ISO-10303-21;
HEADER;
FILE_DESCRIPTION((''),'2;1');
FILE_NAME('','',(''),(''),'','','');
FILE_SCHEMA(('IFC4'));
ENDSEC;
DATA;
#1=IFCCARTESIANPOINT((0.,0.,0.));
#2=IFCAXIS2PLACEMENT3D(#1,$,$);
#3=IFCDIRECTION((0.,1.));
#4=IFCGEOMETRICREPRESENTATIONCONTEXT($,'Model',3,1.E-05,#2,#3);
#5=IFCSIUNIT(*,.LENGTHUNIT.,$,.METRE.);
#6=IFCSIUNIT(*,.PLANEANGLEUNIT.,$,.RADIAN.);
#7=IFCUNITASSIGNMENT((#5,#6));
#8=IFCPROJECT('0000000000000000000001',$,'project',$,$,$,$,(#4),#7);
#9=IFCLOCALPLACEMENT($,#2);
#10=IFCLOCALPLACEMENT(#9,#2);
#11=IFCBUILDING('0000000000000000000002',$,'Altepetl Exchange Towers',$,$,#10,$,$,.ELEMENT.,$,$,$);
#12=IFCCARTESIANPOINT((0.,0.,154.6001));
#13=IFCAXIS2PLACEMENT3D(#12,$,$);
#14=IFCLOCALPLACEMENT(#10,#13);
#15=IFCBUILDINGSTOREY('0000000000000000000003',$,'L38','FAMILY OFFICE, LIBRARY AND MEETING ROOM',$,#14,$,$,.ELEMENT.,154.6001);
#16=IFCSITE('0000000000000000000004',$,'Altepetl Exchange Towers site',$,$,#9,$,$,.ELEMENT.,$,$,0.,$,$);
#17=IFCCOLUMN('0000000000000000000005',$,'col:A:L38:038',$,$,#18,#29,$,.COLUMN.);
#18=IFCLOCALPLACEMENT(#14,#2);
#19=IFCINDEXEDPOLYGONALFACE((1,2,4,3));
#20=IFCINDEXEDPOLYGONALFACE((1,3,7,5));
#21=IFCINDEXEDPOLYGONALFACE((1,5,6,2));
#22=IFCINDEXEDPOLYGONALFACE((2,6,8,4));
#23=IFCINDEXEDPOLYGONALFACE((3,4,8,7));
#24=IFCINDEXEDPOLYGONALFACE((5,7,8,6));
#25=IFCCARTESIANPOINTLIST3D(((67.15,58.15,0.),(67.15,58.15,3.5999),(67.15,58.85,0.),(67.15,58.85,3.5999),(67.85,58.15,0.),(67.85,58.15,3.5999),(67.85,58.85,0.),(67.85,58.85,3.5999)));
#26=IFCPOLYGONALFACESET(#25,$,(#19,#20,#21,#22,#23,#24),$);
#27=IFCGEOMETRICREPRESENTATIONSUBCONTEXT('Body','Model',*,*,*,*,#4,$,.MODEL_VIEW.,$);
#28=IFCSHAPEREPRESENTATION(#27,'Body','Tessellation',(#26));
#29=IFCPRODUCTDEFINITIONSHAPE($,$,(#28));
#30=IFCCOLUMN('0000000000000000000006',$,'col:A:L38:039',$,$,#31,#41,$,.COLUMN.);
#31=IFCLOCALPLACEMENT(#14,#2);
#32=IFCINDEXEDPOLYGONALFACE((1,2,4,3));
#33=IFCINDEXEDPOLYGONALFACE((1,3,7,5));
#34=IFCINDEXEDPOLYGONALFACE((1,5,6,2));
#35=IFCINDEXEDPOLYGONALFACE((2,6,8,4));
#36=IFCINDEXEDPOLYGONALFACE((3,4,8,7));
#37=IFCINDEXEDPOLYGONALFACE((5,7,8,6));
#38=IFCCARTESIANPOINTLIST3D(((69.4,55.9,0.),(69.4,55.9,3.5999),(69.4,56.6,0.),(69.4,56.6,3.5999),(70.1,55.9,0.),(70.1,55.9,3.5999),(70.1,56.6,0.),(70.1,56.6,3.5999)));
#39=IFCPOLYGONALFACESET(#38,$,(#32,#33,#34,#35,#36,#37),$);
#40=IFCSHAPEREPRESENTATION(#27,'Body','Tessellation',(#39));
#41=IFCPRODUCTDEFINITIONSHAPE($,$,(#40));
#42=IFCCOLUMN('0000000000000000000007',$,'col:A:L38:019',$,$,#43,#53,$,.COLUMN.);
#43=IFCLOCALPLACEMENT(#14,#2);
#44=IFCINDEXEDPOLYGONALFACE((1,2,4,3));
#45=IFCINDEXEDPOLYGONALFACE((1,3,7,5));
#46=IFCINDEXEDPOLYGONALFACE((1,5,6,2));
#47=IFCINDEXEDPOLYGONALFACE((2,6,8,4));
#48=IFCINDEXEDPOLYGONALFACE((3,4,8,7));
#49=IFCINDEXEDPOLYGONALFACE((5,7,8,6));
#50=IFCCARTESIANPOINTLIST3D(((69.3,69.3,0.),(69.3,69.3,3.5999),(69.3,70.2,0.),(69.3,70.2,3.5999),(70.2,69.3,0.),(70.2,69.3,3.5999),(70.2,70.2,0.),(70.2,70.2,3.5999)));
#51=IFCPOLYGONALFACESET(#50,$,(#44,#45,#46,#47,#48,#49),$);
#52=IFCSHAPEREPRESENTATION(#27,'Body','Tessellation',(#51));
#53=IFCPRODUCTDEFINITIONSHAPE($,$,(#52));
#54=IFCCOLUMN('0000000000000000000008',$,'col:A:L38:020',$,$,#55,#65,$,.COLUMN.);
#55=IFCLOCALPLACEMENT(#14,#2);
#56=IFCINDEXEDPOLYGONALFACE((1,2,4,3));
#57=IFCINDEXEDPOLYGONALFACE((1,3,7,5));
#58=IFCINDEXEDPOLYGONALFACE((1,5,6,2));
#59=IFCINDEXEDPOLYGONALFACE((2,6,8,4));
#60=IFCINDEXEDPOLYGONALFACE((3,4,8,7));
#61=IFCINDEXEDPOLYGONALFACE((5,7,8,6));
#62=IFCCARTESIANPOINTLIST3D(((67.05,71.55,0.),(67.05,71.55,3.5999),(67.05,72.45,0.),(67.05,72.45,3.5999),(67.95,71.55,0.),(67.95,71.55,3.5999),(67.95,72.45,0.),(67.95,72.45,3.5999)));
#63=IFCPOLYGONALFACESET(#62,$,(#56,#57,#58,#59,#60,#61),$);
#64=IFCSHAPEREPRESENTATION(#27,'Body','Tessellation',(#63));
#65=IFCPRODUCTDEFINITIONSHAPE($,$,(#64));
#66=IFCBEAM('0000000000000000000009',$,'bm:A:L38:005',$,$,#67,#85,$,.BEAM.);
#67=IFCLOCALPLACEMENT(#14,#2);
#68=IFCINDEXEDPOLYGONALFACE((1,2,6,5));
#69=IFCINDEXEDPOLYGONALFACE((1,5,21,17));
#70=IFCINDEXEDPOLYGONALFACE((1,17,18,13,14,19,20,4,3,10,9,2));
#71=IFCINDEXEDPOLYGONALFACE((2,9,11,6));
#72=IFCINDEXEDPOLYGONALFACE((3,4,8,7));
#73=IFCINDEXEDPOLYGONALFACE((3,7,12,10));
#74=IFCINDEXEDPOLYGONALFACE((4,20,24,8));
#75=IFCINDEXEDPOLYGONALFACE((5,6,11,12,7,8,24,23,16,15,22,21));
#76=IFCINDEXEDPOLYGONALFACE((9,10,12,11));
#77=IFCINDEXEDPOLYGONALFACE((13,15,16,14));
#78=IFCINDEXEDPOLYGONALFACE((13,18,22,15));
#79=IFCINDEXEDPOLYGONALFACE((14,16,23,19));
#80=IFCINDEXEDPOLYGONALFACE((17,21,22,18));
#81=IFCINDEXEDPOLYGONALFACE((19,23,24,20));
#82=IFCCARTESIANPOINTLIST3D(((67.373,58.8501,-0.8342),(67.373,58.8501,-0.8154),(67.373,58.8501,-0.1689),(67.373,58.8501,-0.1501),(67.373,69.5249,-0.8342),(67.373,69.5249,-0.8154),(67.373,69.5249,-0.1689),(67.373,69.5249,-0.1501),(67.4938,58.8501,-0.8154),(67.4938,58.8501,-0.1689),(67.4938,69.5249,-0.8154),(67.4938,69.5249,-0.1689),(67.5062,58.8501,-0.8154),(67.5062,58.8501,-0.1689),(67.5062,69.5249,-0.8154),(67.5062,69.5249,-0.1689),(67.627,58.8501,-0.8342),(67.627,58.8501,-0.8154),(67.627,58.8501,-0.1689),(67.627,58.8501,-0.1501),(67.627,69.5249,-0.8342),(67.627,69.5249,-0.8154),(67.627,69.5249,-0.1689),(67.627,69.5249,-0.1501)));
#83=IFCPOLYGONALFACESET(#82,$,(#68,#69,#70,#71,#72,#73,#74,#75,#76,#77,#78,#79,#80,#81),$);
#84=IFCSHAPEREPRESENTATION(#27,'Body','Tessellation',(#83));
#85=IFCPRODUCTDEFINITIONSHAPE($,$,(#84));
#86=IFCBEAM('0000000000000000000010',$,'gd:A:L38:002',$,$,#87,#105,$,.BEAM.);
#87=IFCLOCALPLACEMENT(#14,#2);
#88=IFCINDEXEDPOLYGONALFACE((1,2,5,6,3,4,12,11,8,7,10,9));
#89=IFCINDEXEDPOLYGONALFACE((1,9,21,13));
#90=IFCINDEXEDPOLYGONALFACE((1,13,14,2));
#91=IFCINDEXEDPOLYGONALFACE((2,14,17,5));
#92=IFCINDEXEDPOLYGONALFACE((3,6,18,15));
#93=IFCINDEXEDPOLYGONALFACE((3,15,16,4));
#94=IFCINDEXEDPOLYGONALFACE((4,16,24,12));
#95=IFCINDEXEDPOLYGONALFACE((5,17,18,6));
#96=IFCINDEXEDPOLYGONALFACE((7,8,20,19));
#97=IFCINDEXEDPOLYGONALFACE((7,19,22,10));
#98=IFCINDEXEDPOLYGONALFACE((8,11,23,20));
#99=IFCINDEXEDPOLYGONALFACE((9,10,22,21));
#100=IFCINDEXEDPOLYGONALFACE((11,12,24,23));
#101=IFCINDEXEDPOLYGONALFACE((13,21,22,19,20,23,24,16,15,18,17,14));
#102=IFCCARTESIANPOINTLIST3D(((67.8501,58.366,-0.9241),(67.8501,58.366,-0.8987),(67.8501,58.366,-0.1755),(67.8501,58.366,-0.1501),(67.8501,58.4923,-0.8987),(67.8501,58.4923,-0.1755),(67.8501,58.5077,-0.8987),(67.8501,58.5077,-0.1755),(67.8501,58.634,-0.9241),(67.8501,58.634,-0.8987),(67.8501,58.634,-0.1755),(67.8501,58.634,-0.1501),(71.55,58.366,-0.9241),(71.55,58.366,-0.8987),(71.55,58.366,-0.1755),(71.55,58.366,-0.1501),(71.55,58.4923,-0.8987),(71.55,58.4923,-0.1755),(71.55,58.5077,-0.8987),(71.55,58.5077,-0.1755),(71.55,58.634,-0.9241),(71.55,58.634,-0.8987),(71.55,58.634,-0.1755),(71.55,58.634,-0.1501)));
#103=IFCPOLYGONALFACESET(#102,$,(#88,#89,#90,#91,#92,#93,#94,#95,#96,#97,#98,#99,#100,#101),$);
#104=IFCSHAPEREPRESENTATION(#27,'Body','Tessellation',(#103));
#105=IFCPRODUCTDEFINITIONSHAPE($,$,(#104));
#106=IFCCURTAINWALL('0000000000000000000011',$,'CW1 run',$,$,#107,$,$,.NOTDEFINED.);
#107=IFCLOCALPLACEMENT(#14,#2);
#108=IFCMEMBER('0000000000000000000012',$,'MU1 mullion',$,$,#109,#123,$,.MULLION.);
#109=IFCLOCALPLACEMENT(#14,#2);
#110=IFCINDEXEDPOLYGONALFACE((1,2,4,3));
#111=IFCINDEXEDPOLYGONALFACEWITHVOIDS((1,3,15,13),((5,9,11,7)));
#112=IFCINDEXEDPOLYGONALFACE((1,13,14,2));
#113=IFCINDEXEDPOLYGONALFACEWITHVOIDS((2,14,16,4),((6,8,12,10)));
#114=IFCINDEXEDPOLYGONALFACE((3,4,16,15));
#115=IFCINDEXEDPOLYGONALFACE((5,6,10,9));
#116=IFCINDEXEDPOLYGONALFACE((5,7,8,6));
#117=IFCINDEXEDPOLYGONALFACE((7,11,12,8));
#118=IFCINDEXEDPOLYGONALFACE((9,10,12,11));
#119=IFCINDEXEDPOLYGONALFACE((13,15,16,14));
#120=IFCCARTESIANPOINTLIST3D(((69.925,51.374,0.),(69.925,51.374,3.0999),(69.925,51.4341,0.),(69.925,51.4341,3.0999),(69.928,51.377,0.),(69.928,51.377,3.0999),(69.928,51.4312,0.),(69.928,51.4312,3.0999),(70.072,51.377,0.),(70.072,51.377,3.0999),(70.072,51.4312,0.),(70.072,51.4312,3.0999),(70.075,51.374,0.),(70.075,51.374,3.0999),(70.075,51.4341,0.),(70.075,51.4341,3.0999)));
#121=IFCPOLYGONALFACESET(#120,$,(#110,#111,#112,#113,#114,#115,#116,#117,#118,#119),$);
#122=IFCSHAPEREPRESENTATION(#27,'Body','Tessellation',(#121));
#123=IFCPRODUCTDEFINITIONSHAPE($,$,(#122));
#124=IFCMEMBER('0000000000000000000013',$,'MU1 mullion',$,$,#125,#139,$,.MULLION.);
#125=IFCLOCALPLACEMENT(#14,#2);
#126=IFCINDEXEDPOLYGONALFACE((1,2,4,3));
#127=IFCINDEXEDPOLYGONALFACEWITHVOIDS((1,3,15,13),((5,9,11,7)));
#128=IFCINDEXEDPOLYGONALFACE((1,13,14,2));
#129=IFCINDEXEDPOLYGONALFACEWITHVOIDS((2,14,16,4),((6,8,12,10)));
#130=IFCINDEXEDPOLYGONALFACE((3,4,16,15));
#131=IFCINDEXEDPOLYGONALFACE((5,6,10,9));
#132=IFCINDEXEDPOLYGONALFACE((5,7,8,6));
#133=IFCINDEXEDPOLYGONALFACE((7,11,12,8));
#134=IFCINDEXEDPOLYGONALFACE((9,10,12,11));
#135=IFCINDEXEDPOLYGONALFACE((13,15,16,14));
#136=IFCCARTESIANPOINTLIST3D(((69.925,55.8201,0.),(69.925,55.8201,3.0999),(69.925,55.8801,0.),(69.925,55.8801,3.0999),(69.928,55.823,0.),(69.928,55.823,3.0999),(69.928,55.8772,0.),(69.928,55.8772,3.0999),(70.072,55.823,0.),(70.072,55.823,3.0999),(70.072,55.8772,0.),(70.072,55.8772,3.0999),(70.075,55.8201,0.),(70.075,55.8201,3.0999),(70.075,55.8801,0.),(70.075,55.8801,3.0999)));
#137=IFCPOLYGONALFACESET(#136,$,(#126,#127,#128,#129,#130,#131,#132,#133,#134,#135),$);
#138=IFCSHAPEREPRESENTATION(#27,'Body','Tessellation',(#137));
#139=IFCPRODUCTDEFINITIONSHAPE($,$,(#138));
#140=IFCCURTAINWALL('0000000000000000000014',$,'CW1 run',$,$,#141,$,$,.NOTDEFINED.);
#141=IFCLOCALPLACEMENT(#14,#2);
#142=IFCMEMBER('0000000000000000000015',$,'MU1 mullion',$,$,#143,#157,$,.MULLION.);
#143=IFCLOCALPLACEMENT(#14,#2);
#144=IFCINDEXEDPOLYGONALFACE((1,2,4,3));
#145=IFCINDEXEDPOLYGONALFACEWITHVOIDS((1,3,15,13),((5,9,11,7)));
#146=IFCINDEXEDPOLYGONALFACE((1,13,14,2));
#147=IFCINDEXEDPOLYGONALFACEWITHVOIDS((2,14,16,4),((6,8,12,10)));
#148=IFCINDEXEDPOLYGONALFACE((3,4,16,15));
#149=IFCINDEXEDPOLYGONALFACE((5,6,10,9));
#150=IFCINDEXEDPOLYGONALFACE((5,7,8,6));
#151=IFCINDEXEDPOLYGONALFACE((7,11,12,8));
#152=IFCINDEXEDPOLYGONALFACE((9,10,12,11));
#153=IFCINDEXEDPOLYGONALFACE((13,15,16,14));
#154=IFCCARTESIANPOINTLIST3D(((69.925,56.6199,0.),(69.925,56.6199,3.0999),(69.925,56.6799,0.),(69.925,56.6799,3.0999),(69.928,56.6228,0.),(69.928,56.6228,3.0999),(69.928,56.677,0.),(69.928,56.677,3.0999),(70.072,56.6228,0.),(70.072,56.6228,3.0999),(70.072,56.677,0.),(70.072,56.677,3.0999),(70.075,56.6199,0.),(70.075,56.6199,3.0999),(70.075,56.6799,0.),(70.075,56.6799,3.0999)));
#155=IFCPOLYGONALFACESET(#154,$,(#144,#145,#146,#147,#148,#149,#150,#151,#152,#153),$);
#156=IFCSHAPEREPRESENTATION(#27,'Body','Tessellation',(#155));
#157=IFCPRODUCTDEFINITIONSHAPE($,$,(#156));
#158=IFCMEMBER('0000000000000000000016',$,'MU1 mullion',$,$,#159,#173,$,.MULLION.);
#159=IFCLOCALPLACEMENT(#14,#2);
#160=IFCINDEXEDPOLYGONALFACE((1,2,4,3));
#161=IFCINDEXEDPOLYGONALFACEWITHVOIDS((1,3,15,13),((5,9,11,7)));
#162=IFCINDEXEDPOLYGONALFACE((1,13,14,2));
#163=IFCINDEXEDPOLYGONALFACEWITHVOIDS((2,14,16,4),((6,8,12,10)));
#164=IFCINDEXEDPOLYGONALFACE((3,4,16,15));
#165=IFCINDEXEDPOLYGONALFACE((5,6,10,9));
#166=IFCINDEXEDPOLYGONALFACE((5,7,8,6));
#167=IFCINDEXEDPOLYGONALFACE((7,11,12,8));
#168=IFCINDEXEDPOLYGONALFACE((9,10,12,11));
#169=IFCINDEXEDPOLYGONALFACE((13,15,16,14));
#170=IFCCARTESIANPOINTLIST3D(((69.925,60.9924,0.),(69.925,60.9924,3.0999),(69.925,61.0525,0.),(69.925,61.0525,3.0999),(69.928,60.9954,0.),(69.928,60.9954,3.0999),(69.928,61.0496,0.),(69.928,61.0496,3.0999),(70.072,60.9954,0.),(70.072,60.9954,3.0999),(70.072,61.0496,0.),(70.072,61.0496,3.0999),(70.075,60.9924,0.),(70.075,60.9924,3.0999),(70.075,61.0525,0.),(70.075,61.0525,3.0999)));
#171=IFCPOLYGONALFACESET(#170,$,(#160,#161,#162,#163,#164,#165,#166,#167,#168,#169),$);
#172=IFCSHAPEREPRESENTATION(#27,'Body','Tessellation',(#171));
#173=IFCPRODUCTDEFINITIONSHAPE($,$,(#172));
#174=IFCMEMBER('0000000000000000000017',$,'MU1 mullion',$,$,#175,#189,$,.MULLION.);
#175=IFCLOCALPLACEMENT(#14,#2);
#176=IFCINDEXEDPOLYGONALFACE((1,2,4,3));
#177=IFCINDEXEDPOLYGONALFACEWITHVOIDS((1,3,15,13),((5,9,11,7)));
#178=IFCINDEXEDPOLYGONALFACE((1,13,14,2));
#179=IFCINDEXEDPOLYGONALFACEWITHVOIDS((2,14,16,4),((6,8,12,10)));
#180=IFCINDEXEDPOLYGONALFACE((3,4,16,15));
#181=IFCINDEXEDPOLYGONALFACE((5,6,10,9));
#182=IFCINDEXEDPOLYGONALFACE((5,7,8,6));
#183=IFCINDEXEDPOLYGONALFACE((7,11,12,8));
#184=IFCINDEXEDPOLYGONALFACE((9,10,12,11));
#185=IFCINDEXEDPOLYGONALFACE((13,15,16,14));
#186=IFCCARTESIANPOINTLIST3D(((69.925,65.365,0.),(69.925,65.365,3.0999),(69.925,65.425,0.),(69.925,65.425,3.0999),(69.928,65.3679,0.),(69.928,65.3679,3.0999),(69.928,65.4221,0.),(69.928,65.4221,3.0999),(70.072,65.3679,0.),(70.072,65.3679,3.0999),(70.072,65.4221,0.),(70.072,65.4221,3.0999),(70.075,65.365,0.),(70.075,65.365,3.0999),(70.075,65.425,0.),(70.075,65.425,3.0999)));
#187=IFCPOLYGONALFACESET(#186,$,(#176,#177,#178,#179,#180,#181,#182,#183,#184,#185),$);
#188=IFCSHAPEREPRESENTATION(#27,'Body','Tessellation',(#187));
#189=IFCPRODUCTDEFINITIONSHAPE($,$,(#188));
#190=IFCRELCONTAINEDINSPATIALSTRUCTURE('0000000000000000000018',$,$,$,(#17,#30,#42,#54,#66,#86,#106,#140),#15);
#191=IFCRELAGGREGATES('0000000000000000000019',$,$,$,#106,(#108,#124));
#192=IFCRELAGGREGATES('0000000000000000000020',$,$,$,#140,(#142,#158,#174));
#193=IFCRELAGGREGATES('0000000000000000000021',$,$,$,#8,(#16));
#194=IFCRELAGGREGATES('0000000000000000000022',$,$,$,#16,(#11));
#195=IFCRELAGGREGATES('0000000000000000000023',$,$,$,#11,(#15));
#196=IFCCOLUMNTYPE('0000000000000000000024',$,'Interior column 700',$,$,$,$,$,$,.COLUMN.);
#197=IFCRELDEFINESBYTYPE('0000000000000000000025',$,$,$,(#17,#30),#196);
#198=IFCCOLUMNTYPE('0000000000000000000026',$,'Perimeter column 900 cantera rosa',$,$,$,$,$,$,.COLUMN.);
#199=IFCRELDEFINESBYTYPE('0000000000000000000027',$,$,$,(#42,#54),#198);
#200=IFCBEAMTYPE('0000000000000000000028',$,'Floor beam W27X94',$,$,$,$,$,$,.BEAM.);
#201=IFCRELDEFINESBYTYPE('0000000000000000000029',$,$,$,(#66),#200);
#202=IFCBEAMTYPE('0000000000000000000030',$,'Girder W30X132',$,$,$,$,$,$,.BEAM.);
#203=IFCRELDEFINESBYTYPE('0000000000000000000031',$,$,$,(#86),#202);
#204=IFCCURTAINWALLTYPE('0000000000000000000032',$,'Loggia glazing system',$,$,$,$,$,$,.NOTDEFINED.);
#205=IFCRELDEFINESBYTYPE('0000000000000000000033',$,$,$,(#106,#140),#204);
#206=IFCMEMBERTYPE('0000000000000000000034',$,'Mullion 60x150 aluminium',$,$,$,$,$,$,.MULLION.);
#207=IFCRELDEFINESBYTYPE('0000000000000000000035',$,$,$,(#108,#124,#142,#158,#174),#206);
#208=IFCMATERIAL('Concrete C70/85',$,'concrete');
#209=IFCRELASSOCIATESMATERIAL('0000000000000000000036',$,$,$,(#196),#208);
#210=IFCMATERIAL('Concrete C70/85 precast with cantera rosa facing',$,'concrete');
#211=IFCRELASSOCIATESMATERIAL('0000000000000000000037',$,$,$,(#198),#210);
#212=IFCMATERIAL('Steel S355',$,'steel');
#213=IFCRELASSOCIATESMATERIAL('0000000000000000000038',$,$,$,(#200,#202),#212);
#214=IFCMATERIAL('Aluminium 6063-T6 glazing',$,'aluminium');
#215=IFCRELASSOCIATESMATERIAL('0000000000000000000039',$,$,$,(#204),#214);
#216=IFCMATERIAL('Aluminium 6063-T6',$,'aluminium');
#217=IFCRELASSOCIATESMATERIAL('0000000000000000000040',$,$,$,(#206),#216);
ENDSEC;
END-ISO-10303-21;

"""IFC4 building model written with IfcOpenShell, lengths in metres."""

from ifc_helpers import new_model, si_unit, direction, frame, origin, origin_2d, place, context, subcontext, project, spatial, rectangle, hollow_rectangle, i_section, extrude, material, material_profile, profile_set, type_object, element, aggregate, save


model = new_model("IFC4")

# Units and contexts
model_context = context("Model", 3, precision=1e-05, world=origin(), true_north=direction((0.0, 1.0)))
body_context = subcontext(model_context, "Body", "Model", "MODEL_VIEW")
ifc_project = project(units=[si_unit("LENGTHUNIT", "METRE"), si_unit("PLANEANGLEUNIT", "RADIAN")], contexts=[model_context])

# Site, building, storey
site_placement = place(None, origin())
site = spatial("IfcSite", under=ifc_project, at=site_placement, Name="Altepetl Exchange Towers site", CompositionType="ELEMENT", RefElevation=0.0)
building_placement = place(site_placement, origin())
building = spatial("IfcBuilding", under=site, at=building_placement, Name="Altepetl Exchange Towers", CompositionType="ELEMENT")
storey_placement = place(building_placement, frame((0.0, 0.0, 154.6001)))
storey = spatial("IfcBuildingStorey", under=building, at=storey_placement, Name="L38", Description="FAMILY OFFICE, LIBRARY AND MEETING ROOM", CompositionType="ELEMENT", Elevation=154.6001)

# Columns
ifc_material_1 = material(Name="Concrete C70/85", Category="concrete")
ifc_material_profile_1 = material_profile(ifc_material_1, rectangle(XDim=0.7, YDim=0.7, at=origin_2d()), Name="700 x 700")
ifc_profile_set_1 = profile_set([ifc_material_profile_1], Name="Concrete C70/85")
column_type_1 = type_object("IfcColumnType", Name="Interior column 700", PredefinedType="COLUMN", material=ifc_profile_set_1)
for number, where, name in (
    (1, (67.5, 58.5, 0.0), "col:A:L38:038"),
    (2, (69.75, 56.25, 0.0), "col:A:L38:039"),
):
    element("IfcColumn", number, at=place(storey_placement, frame(where)), inside=storey, type_object=column_type_1, Name=name, PredefinedType="COLUMN", context=body_context, shape_type="SweptSolid", body=[
        extrude(rectangle(XDim=0.7, YDim=0.7, at=origin_2d()), origin(), (0.0, 0.0, 1.0), 3.5999),
    ])
ifc_material_2 = material(Name="Concrete C70/85 precast with cantera rosa facing", Category="concrete")
ifc_material_profile_2 = material_profile(ifc_material_2, rectangle(XDim=0.8999, YDim=0.8999, at=origin_2d()), Name="900 x 900")
ifc_profile_set_2 = profile_set([ifc_material_profile_2], Name="Concrete C70/85 precast with cantera rosa facing")
column_type_2 = type_object("IfcColumnType", Name="Perimeter column 900 cantera rosa", PredefinedType="COLUMN", material=ifc_profile_set_2)
for number, where, name in (
    (3, (69.75, 69.75, 0.0), "col:A:L38:019"),
    (4, (67.5, 72.0, 0.0), "col:A:L38:020"),
):
    element("IfcColumn", number, at=place(storey_placement, frame(where)), inside=storey, type_object=column_type_2, Name=name, PredefinedType="COLUMN", context=body_context, shape_type="SweptSolid", body=[
        extrude(rectangle(XDim=0.8999, YDim=0.8999, at=origin_2d()), origin(), (0.0, 0.0, 1.0), 3.5999),
    ])

# Beams
ifc_material_3 = material(Name="Steel S355", Category="steel")
ifc_material_profile_3 = material_profile(ifc_material_3, i_section(OverallWidth=0.2539, OverallDepth=0.6841, WebThickness=0.0125, FlangeThickness=0.0188, at=origin_2d()), Name="W27X94")
ifc_profile_set_3 = profile_set([ifc_material_profile_3], Name="Steel S355")
beam_type_1 = type_object("IfcBeamType", Name="Floor beam W27X94", PredefinedType="BEAM", material=ifc_profile_set_3)
beam_1_placement = place(storey_placement, frame((67.5, 58.8501, -0.4922), z_axis=(0.0, 1.0, 0.0), x_axis=(-1.0, 0.0, 0.0)))
element("IfcBeam", 5, at=beam_1_placement, inside=storey, type_object=beam_type_1, Name="bm:A:L38:005", PredefinedType="BEAM", context=body_context, shape_type="SweptSolid", body=[
    extrude(i_section(OverallWidth=0.2539, OverallDepth=0.6841, WebThickness=0.0125, FlangeThickness=0.0188, at=origin_2d()), origin(), (0.0, 0.0, 1.0), 10.6748),
])
ifc_material_profile_4 = material_profile(ifc_material_3, i_section(OverallWidth=0.2681, OverallDepth=0.7739, WebThickness=0.0154, FlangeThickness=0.0254, at=origin_2d()), Name="W30X132")
ifc_profile_set_4 = profile_set([ifc_material_profile_4], Name="Steel S355")
beam_type_2 = type_object("IfcBeamType", Name="Girder W30X132", PredefinedType="BEAM", material=ifc_profile_set_4)
beam_2_placement = place(storey_placement, frame((67.8501, 58.5, -0.5371), z_axis=(1.0, 0.0, 0.0), x_axis=(0.0, 1.0, 0.0)))
element("IfcBeam", 6, at=beam_2_placement, inside=storey, type_object=beam_type_2, Name="gd:A:L38:002", PredefinedType="BEAM", context=body_context, shape_type="SweptSolid", body=[
    extrude(i_section(OverallWidth=0.2681, OverallDepth=0.7739, WebThickness=0.0154, FlangeThickness=0.0254, at=origin_2d()), origin(), (0.0, 0.0, 1.0), 3.7),
])

# Curtain walls, members
ifc_material_4 = material(Name="Aluminium 6063-T6 glazing", Category="aluminium")
curtain_wall_type = type_object("IfcCurtainWallType", Name="Loggia glazing system", PredefinedType="NOTDEFINED", material=ifc_material_4)
curtain_wall_1_placement = place(storey_placement, origin())
curtain_wall_1 = element("IfcCurtainWall", 7, at=curtain_wall_1_placement, inside=storey, type_object=curtain_wall_type, Name="CW1 run", PredefinedType="NOTDEFINED")
ifc_material_5 = material(Name="Aluminium 6063-T6", Category="aluminium")
ifc_material_profile_5 = material_profile(ifc_material_5, hollow_rectangle(XDim=0.0601, YDim=0.1499, WallThickness=0.0029, at=origin_2d()), Name="Mullion 60x150 aluminium")
ifc_profile_set_5 = profile_set([ifc_material_profile_5], Name="Aluminium 6063-T6")
member_type = type_object("IfcMemberType", Name="Mullion 60x150 aluminium", PredefinedType="MULLION", material=ifc_profile_set_5)
member_1_placement = place(storey_placement, frame((70.0, 51.4041, 0.0), z_axis=(0.0, 0.0, 1.0), x_axis=(0.0, 1.0, 0.0)))
member_1 = element("IfcMember", 8, at=member_1_placement, type_object=member_type, Name="MU1 mullion", PredefinedType="MULLION", context=body_context, shape_type="SweptSolid", body=[
    extrude(hollow_rectangle(XDim=0.0601, YDim=0.1499, WallThickness=0.0029, at=origin_2d()), origin(), (0.0, 0.0, 1.0), 3.0999),
])
member_2_placement = place(storey_placement, frame((70.0, 55.8501, 0.0), z_axis=(0.0, 0.0, 1.0), x_axis=(0.0, 1.0, 0.0)))
member_2 = element("IfcMember", 9, at=member_2_placement, type_object=member_type, Name="MU1 mullion", PredefinedType="MULLION", context=body_context, shape_type="SweptSolid", body=[
    extrude(hollow_rectangle(XDim=0.0601, YDim=0.1499, WallThickness=0.0029, at=origin_2d()), origin(), (0.0, 0.0, 1.0), 3.0999),
])
curtain_wall_2_placement = place(storey_placement, origin())
curtain_wall_2 = element("IfcCurtainWall", 10, at=curtain_wall_2_placement, inside=storey, type_object=curtain_wall_type, Name="CW1 run", PredefinedType="NOTDEFINED")
member_3_placement = place(storey_placement, frame((70.0, 56.6499, 0.0), z_axis=(0.0, 0.0, 1.0), x_axis=(0.0, 1.0, 0.0)))
member_3 = element("IfcMember", 11, at=member_3_placement, type_object=member_type, Name="MU1 mullion", PredefinedType="MULLION", context=body_context, shape_type="SweptSolid", body=[
    extrude(hollow_rectangle(XDim=0.0601, YDim=0.1499, WallThickness=0.0029, at=origin_2d()), origin(), (0.0, 0.0, 1.0), 3.0999),
])
member_4_placement = place(storey_placement, frame((70.0, 61.0225, 0.0), z_axis=(0.0, 0.0, 1.0), x_axis=(0.0, 1.0, 0.0)))
member_4 = element("IfcMember", 12, at=member_4_placement, type_object=member_type, Name="MU1 mullion", PredefinedType="MULLION", context=body_context, shape_type="SweptSolid", body=[
    extrude(hollow_rectangle(XDim=0.0601, YDim=0.1499, WallThickness=0.0029, at=origin_2d()), origin(), (0.0, 0.0, 1.0), 3.0999),
])
member_5_placement = place(storey_placement, frame((70.0, 65.395, 0.0), z_axis=(0.0, 0.0, 1.0), x_axis=(0.0, 1.0, 0.0)))
member_5 = element("IfcMember", 13, at=member_5_placement, type_object=member_type, Name="MU1 mullion", PredefinedType="MULLION", context=body_context, shape_type="SweptSolid", body=[
    extrude(hollow_rectangle(XDim=0.0601, YDim=0.1499, WallThickness=0.0029, at=origin_2d()), origin(), (0.0, 0.0, 1.0), 3.0999),
])

aggregate(curtain_wall_1, [member_1, member_2])
aggregate(curtain_wall_2, [member_3, member_4, member_5])

save(model, "model.ifc")
